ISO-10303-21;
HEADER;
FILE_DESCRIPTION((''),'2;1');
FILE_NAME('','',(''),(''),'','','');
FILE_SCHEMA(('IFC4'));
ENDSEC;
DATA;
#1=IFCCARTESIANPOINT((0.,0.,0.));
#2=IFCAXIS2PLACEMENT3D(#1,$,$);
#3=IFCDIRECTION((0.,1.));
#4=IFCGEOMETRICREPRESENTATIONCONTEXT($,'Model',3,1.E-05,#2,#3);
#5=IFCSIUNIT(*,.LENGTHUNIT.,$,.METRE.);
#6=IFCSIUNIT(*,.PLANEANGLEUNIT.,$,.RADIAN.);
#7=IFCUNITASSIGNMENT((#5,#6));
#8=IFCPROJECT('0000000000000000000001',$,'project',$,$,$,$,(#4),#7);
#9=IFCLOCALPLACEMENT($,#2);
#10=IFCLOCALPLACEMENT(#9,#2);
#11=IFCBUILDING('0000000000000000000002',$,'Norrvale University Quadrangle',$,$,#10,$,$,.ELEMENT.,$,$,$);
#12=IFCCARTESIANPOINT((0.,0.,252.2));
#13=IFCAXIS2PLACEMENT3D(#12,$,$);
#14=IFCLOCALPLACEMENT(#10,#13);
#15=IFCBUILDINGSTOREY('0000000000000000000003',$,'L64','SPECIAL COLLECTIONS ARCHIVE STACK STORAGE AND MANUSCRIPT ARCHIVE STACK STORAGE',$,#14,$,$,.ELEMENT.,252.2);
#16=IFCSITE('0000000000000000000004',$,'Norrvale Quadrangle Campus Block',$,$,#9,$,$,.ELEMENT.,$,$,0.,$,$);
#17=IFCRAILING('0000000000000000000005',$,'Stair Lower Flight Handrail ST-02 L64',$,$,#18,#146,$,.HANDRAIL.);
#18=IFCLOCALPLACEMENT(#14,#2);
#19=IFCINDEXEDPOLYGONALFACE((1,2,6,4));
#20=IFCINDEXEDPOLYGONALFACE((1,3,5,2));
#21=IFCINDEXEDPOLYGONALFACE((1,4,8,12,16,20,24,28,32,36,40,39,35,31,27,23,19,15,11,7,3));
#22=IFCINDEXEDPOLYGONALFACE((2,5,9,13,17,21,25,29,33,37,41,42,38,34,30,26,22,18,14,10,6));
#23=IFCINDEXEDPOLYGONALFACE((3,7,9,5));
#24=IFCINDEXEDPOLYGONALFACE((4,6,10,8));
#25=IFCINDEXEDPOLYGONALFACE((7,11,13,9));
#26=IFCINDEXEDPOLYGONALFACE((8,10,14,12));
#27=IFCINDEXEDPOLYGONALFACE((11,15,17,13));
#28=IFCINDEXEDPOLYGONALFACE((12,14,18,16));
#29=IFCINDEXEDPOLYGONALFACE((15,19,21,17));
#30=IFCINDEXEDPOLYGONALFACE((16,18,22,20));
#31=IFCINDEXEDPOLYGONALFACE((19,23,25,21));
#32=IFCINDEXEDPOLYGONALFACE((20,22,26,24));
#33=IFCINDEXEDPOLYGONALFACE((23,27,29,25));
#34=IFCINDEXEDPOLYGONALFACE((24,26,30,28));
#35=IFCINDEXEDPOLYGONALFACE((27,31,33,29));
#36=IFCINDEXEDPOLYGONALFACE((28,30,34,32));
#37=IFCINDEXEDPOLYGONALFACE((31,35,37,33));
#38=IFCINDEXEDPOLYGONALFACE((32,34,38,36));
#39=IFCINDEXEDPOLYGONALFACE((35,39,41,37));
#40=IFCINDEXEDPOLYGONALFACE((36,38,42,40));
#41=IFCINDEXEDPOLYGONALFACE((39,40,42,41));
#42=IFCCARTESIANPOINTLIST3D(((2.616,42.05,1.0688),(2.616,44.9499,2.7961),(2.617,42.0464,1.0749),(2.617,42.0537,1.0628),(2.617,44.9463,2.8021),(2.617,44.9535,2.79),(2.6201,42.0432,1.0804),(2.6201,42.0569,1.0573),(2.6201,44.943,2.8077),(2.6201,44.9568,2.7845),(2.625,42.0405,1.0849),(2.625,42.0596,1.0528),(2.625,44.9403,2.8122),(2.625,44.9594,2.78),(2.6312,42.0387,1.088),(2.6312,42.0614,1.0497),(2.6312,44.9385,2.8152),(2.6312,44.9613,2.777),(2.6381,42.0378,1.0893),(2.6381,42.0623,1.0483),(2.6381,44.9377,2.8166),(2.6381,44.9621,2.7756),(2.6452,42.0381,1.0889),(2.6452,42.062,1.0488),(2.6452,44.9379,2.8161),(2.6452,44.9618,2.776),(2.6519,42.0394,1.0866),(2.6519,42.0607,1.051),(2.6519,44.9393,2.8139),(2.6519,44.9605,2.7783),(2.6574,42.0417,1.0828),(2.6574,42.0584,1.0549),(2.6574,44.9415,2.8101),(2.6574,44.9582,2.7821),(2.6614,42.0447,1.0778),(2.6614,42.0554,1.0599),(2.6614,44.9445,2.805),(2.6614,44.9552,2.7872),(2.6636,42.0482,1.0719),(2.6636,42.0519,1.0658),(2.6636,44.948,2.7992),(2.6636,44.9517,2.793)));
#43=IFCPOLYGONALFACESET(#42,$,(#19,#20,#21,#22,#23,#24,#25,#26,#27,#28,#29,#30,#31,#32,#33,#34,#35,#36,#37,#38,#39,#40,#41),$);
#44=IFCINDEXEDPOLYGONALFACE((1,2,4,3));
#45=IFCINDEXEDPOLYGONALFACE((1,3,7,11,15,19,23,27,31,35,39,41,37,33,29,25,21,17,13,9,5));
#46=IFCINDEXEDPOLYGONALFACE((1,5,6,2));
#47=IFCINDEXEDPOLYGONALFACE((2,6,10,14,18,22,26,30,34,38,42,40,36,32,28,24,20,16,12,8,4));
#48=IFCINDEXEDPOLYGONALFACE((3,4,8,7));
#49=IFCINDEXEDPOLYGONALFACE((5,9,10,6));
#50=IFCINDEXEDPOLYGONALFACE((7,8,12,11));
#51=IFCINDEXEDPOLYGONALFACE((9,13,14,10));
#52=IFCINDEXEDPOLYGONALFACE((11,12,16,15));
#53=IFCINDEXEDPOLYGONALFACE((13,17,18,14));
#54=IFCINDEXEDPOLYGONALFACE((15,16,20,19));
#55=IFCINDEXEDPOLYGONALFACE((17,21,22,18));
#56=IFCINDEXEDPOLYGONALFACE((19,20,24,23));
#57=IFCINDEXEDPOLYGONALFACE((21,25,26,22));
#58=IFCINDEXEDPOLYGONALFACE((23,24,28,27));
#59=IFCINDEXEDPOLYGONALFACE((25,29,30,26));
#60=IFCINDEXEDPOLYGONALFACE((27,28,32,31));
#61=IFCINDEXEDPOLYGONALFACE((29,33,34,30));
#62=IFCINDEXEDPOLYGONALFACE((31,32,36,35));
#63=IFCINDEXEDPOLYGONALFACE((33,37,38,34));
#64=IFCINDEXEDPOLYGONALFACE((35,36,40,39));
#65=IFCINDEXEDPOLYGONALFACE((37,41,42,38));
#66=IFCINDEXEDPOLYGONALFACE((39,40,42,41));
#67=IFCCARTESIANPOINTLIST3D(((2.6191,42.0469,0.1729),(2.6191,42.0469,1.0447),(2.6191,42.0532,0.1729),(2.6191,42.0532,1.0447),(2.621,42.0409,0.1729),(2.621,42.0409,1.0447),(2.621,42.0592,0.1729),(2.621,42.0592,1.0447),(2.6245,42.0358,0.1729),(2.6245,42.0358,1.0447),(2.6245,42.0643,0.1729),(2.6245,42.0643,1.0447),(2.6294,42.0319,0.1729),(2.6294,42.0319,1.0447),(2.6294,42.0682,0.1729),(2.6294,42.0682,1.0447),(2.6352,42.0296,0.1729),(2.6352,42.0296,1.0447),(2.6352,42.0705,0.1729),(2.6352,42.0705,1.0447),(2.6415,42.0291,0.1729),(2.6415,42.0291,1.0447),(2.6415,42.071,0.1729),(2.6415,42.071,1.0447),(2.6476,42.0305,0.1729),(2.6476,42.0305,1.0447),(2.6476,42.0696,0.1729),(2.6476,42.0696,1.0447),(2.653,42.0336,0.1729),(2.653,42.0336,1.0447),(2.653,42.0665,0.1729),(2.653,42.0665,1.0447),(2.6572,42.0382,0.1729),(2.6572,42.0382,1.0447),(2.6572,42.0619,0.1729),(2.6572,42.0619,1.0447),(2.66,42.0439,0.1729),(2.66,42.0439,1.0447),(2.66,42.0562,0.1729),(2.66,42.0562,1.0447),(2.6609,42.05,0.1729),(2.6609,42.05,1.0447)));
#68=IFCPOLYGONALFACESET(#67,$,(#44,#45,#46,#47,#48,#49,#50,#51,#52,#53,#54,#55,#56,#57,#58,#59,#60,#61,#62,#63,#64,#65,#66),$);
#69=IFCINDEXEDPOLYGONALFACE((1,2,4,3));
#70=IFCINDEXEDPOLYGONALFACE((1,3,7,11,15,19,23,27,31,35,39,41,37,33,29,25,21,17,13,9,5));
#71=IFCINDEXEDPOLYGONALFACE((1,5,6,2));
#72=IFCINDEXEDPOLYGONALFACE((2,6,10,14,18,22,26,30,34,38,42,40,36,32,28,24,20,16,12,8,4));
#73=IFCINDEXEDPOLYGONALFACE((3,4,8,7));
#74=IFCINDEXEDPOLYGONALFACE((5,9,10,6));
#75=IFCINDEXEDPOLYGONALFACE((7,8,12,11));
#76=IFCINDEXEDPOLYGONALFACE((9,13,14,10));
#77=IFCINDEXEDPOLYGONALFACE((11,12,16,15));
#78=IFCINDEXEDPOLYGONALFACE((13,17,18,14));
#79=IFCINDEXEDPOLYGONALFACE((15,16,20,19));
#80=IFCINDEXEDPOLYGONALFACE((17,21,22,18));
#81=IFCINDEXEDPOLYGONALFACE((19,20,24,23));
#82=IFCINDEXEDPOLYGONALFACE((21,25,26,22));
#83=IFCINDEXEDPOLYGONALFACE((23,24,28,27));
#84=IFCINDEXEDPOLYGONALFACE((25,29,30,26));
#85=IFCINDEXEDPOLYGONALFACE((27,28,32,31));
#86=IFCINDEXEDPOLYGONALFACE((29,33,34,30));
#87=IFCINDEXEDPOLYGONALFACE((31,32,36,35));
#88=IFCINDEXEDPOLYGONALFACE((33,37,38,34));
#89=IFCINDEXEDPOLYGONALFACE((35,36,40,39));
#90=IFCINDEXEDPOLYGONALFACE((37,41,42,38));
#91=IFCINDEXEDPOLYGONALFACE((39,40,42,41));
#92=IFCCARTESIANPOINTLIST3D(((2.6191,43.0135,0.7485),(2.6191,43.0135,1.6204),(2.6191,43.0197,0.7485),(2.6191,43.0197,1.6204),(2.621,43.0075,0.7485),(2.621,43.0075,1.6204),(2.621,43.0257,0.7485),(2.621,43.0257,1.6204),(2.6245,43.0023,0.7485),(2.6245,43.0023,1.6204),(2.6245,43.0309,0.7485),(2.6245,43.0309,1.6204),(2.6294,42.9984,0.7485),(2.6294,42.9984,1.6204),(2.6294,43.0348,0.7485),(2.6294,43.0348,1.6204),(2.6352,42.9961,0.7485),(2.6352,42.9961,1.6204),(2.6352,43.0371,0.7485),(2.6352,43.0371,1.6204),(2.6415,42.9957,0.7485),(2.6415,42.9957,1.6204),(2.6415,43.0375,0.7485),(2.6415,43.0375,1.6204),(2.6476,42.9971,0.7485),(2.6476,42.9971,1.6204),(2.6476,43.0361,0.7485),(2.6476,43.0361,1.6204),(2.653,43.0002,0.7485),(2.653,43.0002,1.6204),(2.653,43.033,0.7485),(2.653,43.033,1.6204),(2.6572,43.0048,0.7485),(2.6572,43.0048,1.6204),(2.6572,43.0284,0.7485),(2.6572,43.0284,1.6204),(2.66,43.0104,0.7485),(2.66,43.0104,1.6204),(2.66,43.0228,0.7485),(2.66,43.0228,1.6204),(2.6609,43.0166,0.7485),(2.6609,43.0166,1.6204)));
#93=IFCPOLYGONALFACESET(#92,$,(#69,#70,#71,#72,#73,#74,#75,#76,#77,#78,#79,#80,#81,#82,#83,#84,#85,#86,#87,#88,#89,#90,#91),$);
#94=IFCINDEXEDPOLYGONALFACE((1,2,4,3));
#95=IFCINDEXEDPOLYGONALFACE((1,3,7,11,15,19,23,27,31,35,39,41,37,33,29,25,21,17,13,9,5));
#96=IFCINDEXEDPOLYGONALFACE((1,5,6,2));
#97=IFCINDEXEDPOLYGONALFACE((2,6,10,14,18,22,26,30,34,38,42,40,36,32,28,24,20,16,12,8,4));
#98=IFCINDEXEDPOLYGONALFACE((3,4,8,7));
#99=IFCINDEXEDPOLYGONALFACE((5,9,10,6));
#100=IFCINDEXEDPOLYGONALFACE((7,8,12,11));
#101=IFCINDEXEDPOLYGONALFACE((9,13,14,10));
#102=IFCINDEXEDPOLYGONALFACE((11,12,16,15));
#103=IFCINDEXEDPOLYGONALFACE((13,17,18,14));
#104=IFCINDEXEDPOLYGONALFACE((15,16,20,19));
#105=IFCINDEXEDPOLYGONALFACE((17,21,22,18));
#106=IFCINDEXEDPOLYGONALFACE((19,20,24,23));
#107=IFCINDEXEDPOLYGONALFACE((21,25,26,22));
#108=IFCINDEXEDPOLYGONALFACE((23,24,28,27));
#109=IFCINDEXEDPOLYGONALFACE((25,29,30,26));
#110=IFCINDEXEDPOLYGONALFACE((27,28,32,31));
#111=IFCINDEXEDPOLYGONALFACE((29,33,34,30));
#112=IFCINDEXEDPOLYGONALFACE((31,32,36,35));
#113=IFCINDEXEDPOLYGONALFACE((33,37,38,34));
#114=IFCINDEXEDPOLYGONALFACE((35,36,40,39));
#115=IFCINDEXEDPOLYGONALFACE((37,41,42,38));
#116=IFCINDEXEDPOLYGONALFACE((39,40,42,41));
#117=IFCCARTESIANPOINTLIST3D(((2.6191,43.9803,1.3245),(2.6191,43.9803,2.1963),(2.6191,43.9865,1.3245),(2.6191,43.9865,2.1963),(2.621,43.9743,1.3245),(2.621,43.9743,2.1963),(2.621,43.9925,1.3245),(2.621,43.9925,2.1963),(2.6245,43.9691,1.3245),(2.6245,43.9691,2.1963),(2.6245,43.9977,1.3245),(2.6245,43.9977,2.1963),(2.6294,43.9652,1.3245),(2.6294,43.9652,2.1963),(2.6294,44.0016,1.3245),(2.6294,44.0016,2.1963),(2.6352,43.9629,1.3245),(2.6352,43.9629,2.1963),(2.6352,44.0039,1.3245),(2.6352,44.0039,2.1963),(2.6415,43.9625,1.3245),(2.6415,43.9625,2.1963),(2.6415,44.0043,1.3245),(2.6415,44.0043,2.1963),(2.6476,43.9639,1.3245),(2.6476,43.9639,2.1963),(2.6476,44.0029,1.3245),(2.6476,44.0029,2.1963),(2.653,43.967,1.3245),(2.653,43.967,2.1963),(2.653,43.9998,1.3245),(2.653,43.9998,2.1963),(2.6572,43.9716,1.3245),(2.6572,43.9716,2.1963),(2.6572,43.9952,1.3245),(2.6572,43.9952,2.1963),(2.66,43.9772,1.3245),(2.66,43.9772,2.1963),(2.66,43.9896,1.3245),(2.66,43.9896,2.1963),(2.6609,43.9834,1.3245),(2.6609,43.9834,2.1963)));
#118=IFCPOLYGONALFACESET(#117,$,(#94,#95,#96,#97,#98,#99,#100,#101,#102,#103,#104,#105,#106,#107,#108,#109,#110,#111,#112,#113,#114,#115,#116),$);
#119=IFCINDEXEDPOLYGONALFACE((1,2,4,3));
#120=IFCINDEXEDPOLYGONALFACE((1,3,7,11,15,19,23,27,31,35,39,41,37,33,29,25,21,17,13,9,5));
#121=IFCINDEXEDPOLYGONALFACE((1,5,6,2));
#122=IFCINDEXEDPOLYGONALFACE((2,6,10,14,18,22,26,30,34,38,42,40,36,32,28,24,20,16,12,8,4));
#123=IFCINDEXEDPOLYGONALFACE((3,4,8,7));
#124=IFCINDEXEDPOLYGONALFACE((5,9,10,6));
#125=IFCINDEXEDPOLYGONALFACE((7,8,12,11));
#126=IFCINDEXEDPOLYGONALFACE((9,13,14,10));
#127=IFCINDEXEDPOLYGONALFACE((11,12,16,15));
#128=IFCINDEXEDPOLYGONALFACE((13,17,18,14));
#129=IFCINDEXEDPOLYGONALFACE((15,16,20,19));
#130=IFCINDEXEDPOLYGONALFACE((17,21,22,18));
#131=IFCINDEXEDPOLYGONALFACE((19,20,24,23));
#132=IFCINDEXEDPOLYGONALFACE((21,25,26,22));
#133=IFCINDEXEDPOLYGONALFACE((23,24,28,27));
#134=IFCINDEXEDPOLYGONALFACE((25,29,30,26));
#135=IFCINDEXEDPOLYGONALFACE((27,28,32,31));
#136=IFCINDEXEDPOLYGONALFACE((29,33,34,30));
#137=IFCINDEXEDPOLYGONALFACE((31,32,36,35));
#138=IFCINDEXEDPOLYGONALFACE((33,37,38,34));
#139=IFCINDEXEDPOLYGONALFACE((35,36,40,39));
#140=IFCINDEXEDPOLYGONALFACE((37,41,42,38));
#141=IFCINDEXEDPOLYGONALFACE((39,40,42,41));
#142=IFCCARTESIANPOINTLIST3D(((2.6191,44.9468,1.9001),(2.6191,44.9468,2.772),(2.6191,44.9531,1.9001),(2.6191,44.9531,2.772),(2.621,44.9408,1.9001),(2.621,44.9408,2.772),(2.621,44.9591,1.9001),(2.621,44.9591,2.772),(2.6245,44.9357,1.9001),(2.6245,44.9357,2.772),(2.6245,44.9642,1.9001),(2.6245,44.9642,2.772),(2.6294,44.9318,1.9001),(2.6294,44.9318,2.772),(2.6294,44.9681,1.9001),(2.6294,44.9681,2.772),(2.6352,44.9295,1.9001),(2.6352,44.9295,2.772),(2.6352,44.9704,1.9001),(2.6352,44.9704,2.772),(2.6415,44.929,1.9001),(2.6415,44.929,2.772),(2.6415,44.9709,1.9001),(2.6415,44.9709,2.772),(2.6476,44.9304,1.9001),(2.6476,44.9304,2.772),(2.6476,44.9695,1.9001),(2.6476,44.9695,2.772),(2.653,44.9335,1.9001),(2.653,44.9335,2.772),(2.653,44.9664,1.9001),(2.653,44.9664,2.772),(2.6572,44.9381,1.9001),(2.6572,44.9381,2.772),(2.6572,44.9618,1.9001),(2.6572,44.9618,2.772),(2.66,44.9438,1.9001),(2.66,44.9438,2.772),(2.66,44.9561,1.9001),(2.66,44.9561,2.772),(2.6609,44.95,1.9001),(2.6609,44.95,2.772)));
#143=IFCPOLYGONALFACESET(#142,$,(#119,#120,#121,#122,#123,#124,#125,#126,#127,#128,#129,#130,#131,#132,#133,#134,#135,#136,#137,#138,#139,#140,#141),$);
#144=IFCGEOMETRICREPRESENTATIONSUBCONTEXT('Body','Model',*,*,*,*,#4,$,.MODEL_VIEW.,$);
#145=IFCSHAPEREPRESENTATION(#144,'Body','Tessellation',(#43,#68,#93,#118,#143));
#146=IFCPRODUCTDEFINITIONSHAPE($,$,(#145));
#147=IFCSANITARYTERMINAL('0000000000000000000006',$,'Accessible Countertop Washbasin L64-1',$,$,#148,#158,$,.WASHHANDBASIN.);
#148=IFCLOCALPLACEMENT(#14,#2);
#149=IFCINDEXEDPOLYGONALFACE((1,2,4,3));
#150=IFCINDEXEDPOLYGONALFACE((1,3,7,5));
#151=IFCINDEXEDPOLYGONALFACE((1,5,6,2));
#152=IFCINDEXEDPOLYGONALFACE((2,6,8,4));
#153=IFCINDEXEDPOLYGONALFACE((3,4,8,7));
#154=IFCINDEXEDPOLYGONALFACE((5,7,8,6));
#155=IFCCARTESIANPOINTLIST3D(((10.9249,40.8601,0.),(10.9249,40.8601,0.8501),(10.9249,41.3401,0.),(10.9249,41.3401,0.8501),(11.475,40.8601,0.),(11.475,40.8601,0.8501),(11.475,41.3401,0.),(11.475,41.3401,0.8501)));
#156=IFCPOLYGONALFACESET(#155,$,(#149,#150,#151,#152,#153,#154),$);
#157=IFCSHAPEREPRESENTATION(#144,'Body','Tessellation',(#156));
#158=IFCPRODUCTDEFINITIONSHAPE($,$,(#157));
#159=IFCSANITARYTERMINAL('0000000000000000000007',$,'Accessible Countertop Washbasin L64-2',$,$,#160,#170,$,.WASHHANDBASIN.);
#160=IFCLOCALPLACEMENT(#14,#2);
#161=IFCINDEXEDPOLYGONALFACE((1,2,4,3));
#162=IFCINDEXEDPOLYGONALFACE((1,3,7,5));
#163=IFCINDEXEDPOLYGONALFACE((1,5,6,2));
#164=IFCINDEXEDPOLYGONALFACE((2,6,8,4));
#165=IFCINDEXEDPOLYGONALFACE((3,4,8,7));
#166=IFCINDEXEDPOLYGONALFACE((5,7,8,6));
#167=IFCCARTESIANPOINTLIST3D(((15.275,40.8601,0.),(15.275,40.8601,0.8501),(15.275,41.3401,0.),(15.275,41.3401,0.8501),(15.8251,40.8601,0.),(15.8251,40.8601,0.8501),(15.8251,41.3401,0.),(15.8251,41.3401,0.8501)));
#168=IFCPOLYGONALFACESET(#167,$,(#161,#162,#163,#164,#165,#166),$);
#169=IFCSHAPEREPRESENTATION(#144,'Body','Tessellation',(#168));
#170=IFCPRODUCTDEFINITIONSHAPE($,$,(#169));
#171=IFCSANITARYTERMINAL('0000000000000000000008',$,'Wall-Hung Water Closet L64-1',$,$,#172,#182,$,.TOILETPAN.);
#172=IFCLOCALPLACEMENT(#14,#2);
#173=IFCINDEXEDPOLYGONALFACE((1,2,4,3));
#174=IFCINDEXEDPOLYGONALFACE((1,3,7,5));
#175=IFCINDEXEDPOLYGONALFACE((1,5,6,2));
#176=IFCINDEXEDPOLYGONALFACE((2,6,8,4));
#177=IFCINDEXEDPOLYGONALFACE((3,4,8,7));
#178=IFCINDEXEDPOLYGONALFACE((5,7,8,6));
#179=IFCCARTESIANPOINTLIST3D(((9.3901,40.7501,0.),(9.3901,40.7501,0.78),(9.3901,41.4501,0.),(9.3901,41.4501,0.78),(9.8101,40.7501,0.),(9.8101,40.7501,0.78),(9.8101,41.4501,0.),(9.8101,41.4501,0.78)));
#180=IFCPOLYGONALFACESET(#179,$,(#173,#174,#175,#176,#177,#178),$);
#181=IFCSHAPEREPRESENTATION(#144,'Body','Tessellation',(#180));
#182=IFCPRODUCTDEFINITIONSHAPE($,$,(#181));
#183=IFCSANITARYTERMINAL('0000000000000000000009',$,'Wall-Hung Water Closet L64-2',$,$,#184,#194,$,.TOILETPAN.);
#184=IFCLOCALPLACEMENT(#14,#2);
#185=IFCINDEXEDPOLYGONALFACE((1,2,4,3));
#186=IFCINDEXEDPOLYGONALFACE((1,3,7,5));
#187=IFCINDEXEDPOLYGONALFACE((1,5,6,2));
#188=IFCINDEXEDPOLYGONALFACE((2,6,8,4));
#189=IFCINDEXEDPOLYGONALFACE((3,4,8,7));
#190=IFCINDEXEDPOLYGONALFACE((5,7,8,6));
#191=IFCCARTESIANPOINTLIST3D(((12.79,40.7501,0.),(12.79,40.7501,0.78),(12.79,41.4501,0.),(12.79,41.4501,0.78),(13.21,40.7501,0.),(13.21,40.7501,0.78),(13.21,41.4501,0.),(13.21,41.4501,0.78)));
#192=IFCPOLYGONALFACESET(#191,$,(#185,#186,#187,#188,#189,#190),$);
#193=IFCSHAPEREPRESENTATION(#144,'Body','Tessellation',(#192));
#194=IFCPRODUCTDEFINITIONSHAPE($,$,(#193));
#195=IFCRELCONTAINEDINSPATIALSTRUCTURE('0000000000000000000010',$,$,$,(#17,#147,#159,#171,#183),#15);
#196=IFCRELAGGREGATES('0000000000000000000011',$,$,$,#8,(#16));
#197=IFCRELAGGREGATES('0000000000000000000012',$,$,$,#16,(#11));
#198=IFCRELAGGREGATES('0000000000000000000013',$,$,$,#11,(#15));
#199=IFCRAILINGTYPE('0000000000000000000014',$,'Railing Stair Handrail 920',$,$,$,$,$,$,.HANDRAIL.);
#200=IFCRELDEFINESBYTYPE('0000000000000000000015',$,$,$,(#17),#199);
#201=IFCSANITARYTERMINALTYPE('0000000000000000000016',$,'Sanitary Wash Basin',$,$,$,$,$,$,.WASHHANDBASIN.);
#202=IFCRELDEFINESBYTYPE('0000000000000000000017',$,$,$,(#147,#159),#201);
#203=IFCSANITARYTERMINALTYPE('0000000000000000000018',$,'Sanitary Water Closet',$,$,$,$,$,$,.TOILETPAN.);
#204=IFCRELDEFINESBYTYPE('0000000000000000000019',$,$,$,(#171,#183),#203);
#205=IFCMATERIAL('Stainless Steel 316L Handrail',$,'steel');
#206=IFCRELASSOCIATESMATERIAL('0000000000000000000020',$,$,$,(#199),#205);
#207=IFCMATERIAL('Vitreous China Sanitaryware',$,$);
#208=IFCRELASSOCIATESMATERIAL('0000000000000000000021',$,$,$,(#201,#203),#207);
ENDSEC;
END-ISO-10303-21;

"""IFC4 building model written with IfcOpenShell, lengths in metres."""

from ifc_helpers import new_model, si_unit, direction, frame, origin, origin_2d, place, context, subcontext, project, spatial, rectangle, circle, extrude, material, type_object, element, save


model = new_model("IFC4")

# Units and contexts
model_context = context("Model", 3, precision=1e-05, world=origin(), true_north=direction((0.0, 1.0)))
body_context = subcontext(model_context, "Body", "Model", "MODEL_VIEW")
ifc_project = project(units=[si_unit("LENGTHUNIT", "METRE"), si_unit("PLANEANGLEUNIT", "RADIAN")], contexts=[model_context])

# Site, building, storey
site_placement = place(None, origin())
site = spatial("IfcSite", under=ifc_project, at=site_placement, Name="Norrvale Quadrangle Campus Block", CompositionType="ELEMENT", RefElevation=0.0)
building_placement = place(site_placement, origin())
building = spatial("IfcBuilding", under=site, at=building_placement, Name="Norrvale University Quadrangle", CompositionType="ELEMENT")
storey_placement = place(building_placement, frame((0.0, 0.0, 252.2)))
storey = spatial("IfcBuildingStorey", under=building, at=storey_placement, Name="L64", Description="SPECIAL COLLECTIONS ARCHIVE STACK STORAGE AND MANUSCRIPT ARCHIVE STACK STORAGE", CompositionType="ELEMENT", Elevation=252.2)

# Railing
ifc_material_1 = material(Name="Stainless Steel 316L Handrail", Category="steel")
railing_type_1 = type_object("IfcRailingType", Name="Railing Stair Handrail 920", PredefinedType="HANDRAIL", material=ifc_material_1)
railing_1_placement = place(storey_placement, frame((2.6399, 42.05, 0.1729)))
element("IfcRailing", 1, at=railing_1_placement, inside=storey, type_object=railing_type_1, Name="Stair Lower Flight Handrail ST-02 L64", PredefinedType="HANDRAIL", context=body_context, shape_type="SweptSolid", body=[
    extrude(circle(Radius=0.0239, at=origin_2d()), frame((0.0, 0.0, 0.896), z_axis=(0.0, 0.859141, 0.511738), x_axis=(-1.0, 0.0, 0.0)), (0.0, 0.0, 1.0), 3.3752),
    extrude(circle(Radius=0.021, at=origin_2d()), origin(), (0.0, 0.0, 1.0), 0.8718),
    extrude(circle(Radius=0.021, at=origin_2d()), frame((0.0, 0.9666, 0.5757)), (0.0, 0.0, 1.0), 0.8718),
    extrude(circle(Radius=0.021, at=origin_2d()), frame((0.0, 1.9333, 1.1516)), (0.0, 0.0, 1.0), 0.8718),
    extrude(circle(Radius=0.021, at=origin_2d()), frame((0.0, 2.8999, 1.7273)), (0.0, 0.0, 1.0), 0.8718),
])

# Sanitary terminals
ifc_material_2 = material(Name="Vitreous China Sanitaryware")
sanitary_terminal_type_1 = type_object("IfcSanitaryTerminalType", Name="Sanitary Wash Basin", PredefinedType="WASHHANDBASIN", material=ifc_material_2)
for number, where, z_axis, x_axis, name in (
    (2, (11.2, 41.1001, 0.0), (0.0, 0.0, 1.0), (1.0, 0.0, 0.0), "Accessible Countertop Washbasin L64-1"),
    (3, (15.55, 41.1001, 0.0), (0.0, 0.0, 1.0), (1.0, 0.0, 0.0), "Accessible Countertop Washbasin L64-2"),
):
    element("IfcSanitaryTerminal", number, at=place(storey_placement, frame(where, z_axis=z_axis, x_axis=x_axis)), inside=storey, type_object=sanitary_terminal_type_1, Name=name, PredefinedType="WASHHANDBASIN", context=body_context, shape_type="SweptSolid", body=[
        extrude(rectangle(XDim=0.55, YDim=0.48, at=origin_2d()), origin(), (0.0, 0.0, 1.0), 0.8501),
    ])
sanitary_terminal_type_2 = type_object("IfcSanitaryTerminalType", Name="Sanitary Water Closet", PredefinedType="TOILETPAN", material=ifc_material_2)
for number, where, z_axis, x_axis, name in (
    (4, (9.6001, 41.1001, 0.0), (0.0, 0.0, 1.0), (1.0, 0.0, 0.0), "Wall-Hung Water Closet L64-1"),
    (5, (13.0, 41.1001, 0.0), (0.0, 0.0, 1.0), (1.0, 0.0, 0.0), "Wall-Hung Water Closet L64-2"),
):
    element("IfcSanitaryTerminal", number, at=place(storey_placement, frame(where, z_axis=z_axis, x_axis=x_axis)), inside=storey, type_object=sanitary_terminal_type_2, Name=name, PredefinedType="TOILETPAN", context=body_context, shape_type="SweptSolid", body=[
        extrude(rectangle(XDim=0.4199, YDim=0.7, at=origin_2d()), origin(), (0.0, 0.0, 1.0), 0.78),
    ])

save(model, "model.ifc")
